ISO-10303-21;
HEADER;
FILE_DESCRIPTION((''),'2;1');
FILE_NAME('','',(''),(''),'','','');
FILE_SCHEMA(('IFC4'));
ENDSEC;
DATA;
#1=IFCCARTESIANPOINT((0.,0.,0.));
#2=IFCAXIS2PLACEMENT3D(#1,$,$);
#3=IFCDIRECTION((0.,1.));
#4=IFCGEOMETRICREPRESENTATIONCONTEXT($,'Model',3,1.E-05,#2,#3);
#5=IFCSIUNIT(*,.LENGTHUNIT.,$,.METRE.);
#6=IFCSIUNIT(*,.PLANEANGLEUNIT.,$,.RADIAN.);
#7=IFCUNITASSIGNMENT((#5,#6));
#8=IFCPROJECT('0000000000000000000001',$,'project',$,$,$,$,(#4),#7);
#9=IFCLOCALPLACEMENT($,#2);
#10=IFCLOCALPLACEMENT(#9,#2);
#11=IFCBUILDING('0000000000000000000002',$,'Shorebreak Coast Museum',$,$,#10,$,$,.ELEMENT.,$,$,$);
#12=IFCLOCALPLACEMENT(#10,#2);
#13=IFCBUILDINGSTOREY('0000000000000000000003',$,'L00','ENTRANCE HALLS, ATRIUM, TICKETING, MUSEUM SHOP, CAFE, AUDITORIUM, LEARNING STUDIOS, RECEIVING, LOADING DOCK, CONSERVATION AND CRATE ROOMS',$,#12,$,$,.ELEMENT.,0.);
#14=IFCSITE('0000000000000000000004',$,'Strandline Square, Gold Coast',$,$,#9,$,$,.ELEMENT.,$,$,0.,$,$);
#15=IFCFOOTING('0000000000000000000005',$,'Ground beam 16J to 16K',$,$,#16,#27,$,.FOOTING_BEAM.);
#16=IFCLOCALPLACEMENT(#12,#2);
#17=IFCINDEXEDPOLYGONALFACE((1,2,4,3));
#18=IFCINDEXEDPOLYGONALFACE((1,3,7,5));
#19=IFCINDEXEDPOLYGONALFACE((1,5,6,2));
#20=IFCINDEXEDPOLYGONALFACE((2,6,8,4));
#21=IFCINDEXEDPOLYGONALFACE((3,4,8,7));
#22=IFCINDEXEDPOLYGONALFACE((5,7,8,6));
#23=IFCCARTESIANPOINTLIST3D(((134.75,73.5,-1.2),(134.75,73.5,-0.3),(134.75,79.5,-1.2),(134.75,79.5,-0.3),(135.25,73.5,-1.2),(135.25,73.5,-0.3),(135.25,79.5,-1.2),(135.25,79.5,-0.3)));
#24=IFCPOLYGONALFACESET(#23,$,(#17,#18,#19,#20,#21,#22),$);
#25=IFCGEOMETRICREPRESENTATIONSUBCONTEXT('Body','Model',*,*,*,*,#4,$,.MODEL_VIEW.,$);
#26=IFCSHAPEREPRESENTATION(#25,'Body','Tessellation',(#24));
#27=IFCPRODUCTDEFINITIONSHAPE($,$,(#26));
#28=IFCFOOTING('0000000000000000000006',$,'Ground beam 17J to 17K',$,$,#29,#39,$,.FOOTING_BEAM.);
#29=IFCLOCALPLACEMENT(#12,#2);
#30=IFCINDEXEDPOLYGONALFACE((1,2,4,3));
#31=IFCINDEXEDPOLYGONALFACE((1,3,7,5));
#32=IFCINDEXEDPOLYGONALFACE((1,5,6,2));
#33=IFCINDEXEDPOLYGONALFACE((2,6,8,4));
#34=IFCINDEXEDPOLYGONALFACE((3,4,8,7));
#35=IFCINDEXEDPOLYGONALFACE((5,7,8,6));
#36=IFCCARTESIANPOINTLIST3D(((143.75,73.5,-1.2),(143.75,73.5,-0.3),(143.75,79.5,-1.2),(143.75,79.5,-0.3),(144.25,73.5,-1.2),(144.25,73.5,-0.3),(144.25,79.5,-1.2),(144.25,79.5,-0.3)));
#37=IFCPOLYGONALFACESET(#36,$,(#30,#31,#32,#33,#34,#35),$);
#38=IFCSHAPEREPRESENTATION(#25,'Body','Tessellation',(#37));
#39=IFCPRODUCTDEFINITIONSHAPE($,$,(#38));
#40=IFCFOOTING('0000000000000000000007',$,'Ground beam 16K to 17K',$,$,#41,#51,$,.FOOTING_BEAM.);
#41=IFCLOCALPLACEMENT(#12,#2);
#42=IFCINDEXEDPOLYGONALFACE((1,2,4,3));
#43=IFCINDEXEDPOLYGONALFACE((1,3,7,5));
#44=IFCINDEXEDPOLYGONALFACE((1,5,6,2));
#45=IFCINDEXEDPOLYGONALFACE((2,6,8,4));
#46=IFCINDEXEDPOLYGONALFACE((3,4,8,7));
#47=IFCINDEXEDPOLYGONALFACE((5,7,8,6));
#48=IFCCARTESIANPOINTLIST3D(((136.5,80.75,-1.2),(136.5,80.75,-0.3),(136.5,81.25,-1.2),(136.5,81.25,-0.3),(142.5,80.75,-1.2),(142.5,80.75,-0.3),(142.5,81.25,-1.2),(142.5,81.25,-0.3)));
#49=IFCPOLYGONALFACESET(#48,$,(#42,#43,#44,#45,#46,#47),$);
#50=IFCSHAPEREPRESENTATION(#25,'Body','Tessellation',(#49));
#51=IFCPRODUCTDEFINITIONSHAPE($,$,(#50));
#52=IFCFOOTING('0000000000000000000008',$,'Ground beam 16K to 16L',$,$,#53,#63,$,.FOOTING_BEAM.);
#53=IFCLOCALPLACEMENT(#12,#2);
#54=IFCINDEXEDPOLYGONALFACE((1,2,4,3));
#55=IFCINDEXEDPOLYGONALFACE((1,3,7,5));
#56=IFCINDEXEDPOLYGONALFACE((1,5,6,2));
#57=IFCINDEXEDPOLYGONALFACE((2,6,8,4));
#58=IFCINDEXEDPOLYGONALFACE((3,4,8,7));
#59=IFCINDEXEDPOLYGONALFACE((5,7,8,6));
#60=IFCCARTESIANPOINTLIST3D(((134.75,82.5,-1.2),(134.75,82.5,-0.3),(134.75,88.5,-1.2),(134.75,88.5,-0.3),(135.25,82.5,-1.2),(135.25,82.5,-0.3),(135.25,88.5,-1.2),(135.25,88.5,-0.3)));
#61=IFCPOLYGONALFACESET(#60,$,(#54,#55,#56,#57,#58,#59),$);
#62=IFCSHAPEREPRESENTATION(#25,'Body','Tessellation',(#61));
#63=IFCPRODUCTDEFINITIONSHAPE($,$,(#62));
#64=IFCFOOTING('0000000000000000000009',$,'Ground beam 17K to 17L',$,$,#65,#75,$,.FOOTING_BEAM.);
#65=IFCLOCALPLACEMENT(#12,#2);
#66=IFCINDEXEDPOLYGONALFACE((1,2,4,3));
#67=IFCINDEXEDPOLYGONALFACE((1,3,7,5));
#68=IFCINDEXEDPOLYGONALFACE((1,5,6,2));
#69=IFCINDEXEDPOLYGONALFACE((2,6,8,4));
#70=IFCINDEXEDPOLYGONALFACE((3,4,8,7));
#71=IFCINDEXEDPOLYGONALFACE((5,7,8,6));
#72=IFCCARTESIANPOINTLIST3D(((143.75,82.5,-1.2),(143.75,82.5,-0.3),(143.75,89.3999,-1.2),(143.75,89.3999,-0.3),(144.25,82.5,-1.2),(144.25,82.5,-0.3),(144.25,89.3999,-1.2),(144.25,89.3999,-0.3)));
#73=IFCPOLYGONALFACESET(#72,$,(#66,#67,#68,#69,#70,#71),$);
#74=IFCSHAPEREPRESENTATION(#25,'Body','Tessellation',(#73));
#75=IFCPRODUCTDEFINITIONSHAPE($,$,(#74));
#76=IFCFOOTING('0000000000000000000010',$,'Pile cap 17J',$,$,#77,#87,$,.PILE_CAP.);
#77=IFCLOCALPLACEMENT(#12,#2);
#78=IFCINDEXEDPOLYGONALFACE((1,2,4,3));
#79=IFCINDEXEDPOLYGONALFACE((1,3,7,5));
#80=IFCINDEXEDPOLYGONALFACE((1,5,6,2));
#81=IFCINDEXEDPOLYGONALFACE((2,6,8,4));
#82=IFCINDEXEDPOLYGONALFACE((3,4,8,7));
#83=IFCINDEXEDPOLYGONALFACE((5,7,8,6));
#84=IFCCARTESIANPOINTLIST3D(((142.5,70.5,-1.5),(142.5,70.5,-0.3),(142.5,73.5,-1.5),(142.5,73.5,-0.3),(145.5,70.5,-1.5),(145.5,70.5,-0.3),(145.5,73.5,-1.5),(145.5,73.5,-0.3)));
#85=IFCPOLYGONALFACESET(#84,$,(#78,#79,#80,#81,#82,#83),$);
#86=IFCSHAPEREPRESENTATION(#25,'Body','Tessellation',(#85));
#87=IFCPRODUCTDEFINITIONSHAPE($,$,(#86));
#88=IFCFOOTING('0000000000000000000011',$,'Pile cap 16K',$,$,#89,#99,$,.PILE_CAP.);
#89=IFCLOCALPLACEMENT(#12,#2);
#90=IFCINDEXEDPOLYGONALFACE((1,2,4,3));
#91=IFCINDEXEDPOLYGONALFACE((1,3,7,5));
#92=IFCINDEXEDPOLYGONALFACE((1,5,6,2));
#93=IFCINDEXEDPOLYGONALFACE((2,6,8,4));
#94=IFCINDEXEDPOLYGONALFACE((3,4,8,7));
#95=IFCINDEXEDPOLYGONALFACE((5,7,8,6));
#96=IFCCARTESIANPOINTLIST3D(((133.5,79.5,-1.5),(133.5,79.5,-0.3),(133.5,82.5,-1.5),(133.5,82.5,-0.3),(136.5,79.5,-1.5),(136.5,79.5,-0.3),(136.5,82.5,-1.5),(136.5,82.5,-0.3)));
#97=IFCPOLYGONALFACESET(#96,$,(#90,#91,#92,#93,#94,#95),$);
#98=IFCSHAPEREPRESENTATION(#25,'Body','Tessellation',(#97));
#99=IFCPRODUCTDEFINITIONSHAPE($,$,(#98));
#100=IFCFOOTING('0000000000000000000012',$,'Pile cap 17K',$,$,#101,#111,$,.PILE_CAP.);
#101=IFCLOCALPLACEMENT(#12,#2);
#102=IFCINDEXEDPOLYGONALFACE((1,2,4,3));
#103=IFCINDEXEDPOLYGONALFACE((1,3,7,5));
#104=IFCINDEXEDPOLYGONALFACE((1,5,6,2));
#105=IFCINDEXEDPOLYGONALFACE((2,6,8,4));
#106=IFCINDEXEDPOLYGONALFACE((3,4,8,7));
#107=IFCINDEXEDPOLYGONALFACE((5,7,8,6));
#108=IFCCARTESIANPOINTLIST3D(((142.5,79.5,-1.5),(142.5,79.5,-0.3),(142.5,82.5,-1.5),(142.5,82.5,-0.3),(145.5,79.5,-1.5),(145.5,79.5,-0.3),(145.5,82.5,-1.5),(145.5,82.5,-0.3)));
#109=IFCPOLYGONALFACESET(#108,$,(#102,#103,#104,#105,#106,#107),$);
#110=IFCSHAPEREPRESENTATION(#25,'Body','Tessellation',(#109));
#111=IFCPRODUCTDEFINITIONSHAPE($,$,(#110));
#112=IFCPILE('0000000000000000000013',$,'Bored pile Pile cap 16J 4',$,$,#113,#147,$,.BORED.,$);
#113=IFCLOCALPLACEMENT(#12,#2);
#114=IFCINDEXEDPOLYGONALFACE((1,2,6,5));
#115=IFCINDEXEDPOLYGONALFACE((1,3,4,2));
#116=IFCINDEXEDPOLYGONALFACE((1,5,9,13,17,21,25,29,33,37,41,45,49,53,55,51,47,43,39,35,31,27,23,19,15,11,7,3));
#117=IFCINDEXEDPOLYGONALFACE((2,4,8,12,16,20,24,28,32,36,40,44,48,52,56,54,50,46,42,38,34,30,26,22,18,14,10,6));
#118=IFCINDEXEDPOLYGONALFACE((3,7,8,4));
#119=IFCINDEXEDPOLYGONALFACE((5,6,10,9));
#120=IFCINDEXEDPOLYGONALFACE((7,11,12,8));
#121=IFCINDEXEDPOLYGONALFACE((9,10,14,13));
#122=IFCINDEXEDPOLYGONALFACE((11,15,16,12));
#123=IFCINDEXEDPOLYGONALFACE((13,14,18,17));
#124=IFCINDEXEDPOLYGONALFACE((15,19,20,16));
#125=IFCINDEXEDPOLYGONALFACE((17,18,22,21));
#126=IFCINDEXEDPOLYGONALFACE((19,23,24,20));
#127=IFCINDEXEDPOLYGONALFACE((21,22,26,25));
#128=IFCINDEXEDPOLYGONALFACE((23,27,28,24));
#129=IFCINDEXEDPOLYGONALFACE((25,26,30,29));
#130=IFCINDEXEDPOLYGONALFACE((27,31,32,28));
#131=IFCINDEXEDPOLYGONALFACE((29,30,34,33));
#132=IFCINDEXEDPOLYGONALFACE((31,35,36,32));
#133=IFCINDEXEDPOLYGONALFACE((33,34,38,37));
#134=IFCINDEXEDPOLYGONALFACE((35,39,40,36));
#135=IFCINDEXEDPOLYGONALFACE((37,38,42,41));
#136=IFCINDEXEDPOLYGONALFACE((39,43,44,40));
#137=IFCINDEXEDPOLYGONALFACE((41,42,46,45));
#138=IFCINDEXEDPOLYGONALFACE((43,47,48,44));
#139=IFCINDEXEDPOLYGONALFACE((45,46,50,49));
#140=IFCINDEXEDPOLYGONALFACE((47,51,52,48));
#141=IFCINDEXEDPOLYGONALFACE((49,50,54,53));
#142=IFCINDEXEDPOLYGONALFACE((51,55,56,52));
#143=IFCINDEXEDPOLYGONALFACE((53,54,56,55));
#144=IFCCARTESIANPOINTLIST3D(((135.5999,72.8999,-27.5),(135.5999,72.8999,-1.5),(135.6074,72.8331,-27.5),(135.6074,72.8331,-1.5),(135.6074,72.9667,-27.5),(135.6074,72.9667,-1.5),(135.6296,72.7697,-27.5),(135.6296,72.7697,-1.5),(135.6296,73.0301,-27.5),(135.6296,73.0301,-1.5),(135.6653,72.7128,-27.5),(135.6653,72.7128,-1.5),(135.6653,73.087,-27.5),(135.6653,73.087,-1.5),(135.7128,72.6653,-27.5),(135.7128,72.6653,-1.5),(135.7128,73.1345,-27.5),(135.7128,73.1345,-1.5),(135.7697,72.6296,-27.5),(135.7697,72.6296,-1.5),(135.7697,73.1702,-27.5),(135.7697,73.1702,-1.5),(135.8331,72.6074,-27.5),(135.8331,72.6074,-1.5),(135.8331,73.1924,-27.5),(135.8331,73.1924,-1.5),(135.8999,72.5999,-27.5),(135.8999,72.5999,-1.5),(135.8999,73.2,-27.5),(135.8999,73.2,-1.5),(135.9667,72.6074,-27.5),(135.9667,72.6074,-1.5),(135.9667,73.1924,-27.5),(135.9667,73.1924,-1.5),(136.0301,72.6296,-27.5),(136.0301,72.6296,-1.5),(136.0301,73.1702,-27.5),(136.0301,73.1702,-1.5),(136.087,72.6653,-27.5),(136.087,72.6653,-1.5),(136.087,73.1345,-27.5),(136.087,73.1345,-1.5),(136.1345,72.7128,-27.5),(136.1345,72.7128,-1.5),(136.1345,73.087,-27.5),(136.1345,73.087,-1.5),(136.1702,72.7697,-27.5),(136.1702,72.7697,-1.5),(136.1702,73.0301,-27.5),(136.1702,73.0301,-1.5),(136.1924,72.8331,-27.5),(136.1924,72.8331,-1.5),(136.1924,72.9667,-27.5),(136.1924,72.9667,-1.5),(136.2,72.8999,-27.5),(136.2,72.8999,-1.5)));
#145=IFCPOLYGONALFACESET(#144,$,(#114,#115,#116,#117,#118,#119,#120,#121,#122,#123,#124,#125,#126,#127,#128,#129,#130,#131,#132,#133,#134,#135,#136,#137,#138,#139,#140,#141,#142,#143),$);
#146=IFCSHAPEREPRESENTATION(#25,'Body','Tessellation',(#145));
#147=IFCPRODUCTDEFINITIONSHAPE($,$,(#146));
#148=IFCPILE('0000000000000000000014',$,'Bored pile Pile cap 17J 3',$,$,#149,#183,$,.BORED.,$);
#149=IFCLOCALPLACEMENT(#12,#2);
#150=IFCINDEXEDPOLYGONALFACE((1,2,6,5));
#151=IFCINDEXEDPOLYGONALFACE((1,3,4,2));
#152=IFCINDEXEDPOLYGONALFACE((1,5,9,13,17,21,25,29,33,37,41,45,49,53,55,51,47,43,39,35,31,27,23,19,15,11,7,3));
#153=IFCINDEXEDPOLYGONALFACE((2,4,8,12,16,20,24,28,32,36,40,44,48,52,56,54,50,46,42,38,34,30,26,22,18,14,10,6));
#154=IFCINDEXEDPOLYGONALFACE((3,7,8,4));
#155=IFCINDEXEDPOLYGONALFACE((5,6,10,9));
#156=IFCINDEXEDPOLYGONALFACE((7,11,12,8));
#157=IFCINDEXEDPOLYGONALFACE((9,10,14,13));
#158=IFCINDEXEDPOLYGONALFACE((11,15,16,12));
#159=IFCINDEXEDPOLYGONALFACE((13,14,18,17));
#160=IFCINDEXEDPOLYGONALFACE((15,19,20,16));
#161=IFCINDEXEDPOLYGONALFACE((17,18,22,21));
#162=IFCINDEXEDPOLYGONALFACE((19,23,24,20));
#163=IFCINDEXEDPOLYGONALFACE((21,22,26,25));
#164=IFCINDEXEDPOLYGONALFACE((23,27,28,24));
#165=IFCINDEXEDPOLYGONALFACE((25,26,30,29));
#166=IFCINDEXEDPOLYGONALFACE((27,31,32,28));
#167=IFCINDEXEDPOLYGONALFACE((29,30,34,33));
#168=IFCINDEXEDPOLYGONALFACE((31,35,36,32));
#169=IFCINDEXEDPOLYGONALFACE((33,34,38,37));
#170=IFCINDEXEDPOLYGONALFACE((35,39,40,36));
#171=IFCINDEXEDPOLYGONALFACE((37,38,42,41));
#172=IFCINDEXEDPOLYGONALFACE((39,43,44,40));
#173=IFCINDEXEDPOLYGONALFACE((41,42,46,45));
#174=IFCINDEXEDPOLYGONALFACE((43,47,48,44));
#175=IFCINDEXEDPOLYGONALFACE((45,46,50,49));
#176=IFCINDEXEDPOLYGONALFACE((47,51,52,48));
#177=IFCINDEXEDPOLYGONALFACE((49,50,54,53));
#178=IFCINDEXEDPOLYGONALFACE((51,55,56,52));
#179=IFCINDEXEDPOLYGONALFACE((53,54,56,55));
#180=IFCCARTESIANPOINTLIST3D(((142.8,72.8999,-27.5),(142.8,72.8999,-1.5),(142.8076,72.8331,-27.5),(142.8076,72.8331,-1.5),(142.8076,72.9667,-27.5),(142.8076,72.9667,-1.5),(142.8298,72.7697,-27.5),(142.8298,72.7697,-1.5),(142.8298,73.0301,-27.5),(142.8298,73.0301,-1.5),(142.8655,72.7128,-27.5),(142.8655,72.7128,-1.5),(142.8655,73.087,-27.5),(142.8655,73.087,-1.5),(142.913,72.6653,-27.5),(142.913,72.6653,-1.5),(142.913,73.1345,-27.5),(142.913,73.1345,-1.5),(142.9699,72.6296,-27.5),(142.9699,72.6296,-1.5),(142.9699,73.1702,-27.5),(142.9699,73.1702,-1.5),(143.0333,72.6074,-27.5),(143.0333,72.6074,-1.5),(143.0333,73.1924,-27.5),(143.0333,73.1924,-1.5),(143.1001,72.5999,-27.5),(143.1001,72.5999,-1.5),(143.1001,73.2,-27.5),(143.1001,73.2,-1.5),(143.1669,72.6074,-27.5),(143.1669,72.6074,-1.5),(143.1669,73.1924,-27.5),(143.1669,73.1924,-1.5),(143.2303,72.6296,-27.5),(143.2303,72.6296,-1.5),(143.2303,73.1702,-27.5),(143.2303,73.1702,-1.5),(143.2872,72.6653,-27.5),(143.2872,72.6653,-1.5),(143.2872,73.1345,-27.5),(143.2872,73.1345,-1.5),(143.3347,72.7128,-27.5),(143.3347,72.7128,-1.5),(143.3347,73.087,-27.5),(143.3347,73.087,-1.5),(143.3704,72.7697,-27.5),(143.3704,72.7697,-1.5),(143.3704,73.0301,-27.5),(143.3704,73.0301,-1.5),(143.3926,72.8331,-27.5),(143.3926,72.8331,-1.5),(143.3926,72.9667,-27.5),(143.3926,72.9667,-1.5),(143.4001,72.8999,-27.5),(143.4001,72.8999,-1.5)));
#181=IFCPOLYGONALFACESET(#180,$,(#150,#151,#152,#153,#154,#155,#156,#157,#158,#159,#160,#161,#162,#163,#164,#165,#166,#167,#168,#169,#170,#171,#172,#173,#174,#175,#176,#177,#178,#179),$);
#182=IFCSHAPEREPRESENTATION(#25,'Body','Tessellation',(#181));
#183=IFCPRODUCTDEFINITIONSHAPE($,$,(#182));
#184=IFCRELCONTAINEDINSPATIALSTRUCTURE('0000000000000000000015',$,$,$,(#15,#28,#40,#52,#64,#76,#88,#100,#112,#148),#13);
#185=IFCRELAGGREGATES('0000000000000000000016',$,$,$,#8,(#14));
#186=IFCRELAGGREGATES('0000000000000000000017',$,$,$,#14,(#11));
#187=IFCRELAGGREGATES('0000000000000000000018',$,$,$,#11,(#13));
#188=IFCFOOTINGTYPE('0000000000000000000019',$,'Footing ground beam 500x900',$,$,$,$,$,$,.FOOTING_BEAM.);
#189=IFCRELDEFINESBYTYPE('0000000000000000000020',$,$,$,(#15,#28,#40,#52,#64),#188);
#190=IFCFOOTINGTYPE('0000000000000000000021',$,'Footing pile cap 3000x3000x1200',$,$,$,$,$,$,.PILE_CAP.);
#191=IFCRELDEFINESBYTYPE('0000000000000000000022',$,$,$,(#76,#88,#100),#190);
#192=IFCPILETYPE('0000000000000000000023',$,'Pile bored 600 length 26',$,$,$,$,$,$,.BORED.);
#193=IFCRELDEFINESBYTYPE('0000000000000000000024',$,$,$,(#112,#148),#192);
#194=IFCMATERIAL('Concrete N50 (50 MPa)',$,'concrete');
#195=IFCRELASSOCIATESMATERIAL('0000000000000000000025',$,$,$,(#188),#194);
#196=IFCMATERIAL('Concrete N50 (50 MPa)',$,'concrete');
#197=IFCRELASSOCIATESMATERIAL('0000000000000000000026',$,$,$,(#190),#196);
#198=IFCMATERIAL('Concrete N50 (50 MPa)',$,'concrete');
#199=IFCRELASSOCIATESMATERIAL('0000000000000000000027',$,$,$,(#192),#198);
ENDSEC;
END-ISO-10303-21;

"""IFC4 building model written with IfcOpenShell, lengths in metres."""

from ifc_helpers import new_model, si_unit, direction, frame, origin, origin_2d, place, context, subcontext, project, spatial, rectangle, circle, extrude, material, material_profile, profile_set, type_object, element, save


model = new_model("IFC4")

# Units and contexts
model_context = context("Model", 3, precision=1e-05, world=origin(), true_north=direction((0.0, 1.0)))
body_context = subcontext(model_context, "Body", "Model", "MODEL_VIEW")
ifc_project = project(units=[si_unit("LENGTHUNIT", "METRE"), si_unit("PLANEANGLEUNIT", "RADIAN")], contexts=[model_context])

# Site, building, storey
site_placement = place(None, origin())
site = spatial("IfcSite", under=ifc_project, at=site_placement, Name="Strandline Square, Gold Coast", CompositionType="ELEMENT", RefElevation=0.0)
building_placement = place(site_placement, origin())
building = spatial("IfcBuilding", under=site, at=building_placement, Name="Shorebreak Coast Museum", CompositionType="ELEMENT")
storey_placement = place(building_placement, origin())
storey = spatial("IfcBuildingStorey", under=building, at=storey_placement, Name="L00", Description="ENTRANCE HALLS, ATRIUM, TICKETING, MUSEUM SHOP, CAFE, AUDITORIUM, LEARNING STUDIOS, RECEIVING, LOADING DOCK, CONSERVATION AND CRATE ROOMS", CompositionType="ELEMENT", Elevation=0.0)

# Footings
ifc_material_1 = material(Name="Concrete N50 (50 MPa)", Category="concrete")
footing_type_1 = type_object("IfcFootingType", Name="Footing ground beam 500x900", PredefinedType="FOOTING_BEAM", material=ifc_material_1)
for number, where, z_axis, x_axis, name in (
    (1, (135.0, 76.5, -1.2), (0.0, 0.0, 1.0), (1.0, 0.0, 0.0), "Ground beam 16J to 16K"),
    (2, (144.0, 76.5, -1.2), (0.0, 0.0, 1.0), (1.0, 0.0, 0.0), "Ground beam 17J to 17K"),
):
    element("IfcFooting", number, at=place(storey_placement, frame(where, z_axis=z_axis, x_axis=x_axis)), inside=storey, type_object=footing_type_1, Name=name, PredefinedType="FOOTING_BEAM", context=body_context, shape_type="SweptSolid", body=[
        extrude(rectangle(XDim=0.5, YDim=6.0, at=origin_2d()), origin(), (0.0, 0.0, 1.0), 0.8999),
    ])
footing_1_placement = place(storey_placement, frame((139.5, 81.0, -1.2), z_axis=(0.0, 0.0, 1.0), x_axis=(1.0, 0.0, 0.0)))
element("IfcFooting", 3, at=footing_1_placement, inside=storey, type_object=footing_type_1, Name="Ground beam 16K to 17K", PredefinedType="FOOTING_BEAM", context=body_context, shape_type="SweptSolid", body=[
    extrude(rectangle(XDim=6.0, YDim=0.5, at=origin_2d()), origin(), (0.0, 0.0, 1.0), 0.8999),
])
footing_2_placement = place(storey_placement, frame((135.0, 85.5, -1.2), z_axis=(0.0, 0.0, 1.0), x_axis=(1.0, 0.0, 0.0)))
element("IfcFooting", 4, at=footing_2_placement, inside=storey, type_object=footing_type_1, Name="Ground beam 16K to 16L", PredefinedType="FOOTING_BEAM", context=body_context, shape_type="SweptSolid", body=[
    extrude(rectangle(XDim=0.5, YDim=6.0, at=origin_2d()), origin(), (0.0, 0.0, 1.0), 0.8999),
])
footing_3_placement = place(storey_placement, frame((144.0, 85.95, -1.2), z_axis=(0.0, 0.0, 1.0), x_axis=(1.0, 0.0, 0.0)))
element("IfcFooting", 5, at=footing_3_placement, inside=storey, type_object=footing_type_1, Name="Ground beam 17K to 17L", PredefinedType="FOOTING_BEAM", context=body_context, shape_type="SweptSolid", body=[
    extrude(rectangle(XDim=0.5, YDim=6.8999, at=origin_2d()), origin(), (0.0, 0.0, 1.0), 0.8999),
])
ifc_material_2 = material(Name="Concrete N50 (50 MPa)", Category="concrete")
footing_type_2 = type_object("IfcFootingType", Name="Footing pile cap 3000x3000x1200", PredefinedType="PILE_CAP", material=ifc_material_2)
for number, where, z_axis, x_axis, name in (
    (6, (144.0, 72.0, -1.5), (0.0, 0.0, 1.0), (1.0, 0.0, 0.0), "Pile cap 17J"),
    (7, (135.0, 81.0, -1.5), (0.0, 0.0, 1.0), (1.0, 0.0, 0.0), "Pile cap 16K"),
    (8, (144.0, 81.0, -1.5), (0.0, 0.0, 1.0), (1.0, 0.0, 0.0), "Pile cap 17K"),
):
    element("IfcFooting", number, at=place(storey_placement, frame(where, z_axis=z_axis, x_axis=x_axis)), inside=storey, type_object=footing_type_2, Name=name, PredefinedType="PILE_CAP", context=body_context, shape_type="SweptSolid", body=[
        extrude(rectangle(XDim=3.0, YDim=3.0, at=origin_2d()), origin(), (0.0, 0.0, 1.0), 1.2),
    ])

# Piles
ifc_material_3 = material(Name="Concrete N50 (50 MPa)", Category="concrete")
ifc_material_profile_1 = material_profile(ifc_material_3, circle(Radius=0.3, at=origin_2d()), Name="Pile bored 600 length 26")
ifc_profile_set_1 = profile_set([ifc_material_profile_1], Name="Concrete N50 (50 MPa)")
pile_type = type_object("IfcPileType", Name="Pile bored 600 length 26", PredefinedType="BORED", material=ifc_profile_set_1)
for number, where, z_axis, x_axis, name in (
    (9, (135.8999, 72.8999, -1.5), (0.0, 0.0, -1.0), (1.0, 0.0, 0.0), "Bored pile Pile cap 16J 4"),
    (10, (143.1001, 72.8999, -1.5), (0.0, 0.0, -1.0), (1.0, 0.0, 0.0), "Bored pile Pile cap 17J 3"),
):
    element("IfcPile", number, at=place(storey_placement, frame(where, z_axis=z_axis, x_axis=x_axis)), inside=storey, type_object=pile_type, Name=name, PredefinedType="BORED", context=body_context, shape_type="SweptSolid", body=[
        extrude(circle(Radius=0.3, at=origin_2d()), origin(), (0.0, 0.0, 1.0), 26.0),
    ])

save(model, "model.ifc")
